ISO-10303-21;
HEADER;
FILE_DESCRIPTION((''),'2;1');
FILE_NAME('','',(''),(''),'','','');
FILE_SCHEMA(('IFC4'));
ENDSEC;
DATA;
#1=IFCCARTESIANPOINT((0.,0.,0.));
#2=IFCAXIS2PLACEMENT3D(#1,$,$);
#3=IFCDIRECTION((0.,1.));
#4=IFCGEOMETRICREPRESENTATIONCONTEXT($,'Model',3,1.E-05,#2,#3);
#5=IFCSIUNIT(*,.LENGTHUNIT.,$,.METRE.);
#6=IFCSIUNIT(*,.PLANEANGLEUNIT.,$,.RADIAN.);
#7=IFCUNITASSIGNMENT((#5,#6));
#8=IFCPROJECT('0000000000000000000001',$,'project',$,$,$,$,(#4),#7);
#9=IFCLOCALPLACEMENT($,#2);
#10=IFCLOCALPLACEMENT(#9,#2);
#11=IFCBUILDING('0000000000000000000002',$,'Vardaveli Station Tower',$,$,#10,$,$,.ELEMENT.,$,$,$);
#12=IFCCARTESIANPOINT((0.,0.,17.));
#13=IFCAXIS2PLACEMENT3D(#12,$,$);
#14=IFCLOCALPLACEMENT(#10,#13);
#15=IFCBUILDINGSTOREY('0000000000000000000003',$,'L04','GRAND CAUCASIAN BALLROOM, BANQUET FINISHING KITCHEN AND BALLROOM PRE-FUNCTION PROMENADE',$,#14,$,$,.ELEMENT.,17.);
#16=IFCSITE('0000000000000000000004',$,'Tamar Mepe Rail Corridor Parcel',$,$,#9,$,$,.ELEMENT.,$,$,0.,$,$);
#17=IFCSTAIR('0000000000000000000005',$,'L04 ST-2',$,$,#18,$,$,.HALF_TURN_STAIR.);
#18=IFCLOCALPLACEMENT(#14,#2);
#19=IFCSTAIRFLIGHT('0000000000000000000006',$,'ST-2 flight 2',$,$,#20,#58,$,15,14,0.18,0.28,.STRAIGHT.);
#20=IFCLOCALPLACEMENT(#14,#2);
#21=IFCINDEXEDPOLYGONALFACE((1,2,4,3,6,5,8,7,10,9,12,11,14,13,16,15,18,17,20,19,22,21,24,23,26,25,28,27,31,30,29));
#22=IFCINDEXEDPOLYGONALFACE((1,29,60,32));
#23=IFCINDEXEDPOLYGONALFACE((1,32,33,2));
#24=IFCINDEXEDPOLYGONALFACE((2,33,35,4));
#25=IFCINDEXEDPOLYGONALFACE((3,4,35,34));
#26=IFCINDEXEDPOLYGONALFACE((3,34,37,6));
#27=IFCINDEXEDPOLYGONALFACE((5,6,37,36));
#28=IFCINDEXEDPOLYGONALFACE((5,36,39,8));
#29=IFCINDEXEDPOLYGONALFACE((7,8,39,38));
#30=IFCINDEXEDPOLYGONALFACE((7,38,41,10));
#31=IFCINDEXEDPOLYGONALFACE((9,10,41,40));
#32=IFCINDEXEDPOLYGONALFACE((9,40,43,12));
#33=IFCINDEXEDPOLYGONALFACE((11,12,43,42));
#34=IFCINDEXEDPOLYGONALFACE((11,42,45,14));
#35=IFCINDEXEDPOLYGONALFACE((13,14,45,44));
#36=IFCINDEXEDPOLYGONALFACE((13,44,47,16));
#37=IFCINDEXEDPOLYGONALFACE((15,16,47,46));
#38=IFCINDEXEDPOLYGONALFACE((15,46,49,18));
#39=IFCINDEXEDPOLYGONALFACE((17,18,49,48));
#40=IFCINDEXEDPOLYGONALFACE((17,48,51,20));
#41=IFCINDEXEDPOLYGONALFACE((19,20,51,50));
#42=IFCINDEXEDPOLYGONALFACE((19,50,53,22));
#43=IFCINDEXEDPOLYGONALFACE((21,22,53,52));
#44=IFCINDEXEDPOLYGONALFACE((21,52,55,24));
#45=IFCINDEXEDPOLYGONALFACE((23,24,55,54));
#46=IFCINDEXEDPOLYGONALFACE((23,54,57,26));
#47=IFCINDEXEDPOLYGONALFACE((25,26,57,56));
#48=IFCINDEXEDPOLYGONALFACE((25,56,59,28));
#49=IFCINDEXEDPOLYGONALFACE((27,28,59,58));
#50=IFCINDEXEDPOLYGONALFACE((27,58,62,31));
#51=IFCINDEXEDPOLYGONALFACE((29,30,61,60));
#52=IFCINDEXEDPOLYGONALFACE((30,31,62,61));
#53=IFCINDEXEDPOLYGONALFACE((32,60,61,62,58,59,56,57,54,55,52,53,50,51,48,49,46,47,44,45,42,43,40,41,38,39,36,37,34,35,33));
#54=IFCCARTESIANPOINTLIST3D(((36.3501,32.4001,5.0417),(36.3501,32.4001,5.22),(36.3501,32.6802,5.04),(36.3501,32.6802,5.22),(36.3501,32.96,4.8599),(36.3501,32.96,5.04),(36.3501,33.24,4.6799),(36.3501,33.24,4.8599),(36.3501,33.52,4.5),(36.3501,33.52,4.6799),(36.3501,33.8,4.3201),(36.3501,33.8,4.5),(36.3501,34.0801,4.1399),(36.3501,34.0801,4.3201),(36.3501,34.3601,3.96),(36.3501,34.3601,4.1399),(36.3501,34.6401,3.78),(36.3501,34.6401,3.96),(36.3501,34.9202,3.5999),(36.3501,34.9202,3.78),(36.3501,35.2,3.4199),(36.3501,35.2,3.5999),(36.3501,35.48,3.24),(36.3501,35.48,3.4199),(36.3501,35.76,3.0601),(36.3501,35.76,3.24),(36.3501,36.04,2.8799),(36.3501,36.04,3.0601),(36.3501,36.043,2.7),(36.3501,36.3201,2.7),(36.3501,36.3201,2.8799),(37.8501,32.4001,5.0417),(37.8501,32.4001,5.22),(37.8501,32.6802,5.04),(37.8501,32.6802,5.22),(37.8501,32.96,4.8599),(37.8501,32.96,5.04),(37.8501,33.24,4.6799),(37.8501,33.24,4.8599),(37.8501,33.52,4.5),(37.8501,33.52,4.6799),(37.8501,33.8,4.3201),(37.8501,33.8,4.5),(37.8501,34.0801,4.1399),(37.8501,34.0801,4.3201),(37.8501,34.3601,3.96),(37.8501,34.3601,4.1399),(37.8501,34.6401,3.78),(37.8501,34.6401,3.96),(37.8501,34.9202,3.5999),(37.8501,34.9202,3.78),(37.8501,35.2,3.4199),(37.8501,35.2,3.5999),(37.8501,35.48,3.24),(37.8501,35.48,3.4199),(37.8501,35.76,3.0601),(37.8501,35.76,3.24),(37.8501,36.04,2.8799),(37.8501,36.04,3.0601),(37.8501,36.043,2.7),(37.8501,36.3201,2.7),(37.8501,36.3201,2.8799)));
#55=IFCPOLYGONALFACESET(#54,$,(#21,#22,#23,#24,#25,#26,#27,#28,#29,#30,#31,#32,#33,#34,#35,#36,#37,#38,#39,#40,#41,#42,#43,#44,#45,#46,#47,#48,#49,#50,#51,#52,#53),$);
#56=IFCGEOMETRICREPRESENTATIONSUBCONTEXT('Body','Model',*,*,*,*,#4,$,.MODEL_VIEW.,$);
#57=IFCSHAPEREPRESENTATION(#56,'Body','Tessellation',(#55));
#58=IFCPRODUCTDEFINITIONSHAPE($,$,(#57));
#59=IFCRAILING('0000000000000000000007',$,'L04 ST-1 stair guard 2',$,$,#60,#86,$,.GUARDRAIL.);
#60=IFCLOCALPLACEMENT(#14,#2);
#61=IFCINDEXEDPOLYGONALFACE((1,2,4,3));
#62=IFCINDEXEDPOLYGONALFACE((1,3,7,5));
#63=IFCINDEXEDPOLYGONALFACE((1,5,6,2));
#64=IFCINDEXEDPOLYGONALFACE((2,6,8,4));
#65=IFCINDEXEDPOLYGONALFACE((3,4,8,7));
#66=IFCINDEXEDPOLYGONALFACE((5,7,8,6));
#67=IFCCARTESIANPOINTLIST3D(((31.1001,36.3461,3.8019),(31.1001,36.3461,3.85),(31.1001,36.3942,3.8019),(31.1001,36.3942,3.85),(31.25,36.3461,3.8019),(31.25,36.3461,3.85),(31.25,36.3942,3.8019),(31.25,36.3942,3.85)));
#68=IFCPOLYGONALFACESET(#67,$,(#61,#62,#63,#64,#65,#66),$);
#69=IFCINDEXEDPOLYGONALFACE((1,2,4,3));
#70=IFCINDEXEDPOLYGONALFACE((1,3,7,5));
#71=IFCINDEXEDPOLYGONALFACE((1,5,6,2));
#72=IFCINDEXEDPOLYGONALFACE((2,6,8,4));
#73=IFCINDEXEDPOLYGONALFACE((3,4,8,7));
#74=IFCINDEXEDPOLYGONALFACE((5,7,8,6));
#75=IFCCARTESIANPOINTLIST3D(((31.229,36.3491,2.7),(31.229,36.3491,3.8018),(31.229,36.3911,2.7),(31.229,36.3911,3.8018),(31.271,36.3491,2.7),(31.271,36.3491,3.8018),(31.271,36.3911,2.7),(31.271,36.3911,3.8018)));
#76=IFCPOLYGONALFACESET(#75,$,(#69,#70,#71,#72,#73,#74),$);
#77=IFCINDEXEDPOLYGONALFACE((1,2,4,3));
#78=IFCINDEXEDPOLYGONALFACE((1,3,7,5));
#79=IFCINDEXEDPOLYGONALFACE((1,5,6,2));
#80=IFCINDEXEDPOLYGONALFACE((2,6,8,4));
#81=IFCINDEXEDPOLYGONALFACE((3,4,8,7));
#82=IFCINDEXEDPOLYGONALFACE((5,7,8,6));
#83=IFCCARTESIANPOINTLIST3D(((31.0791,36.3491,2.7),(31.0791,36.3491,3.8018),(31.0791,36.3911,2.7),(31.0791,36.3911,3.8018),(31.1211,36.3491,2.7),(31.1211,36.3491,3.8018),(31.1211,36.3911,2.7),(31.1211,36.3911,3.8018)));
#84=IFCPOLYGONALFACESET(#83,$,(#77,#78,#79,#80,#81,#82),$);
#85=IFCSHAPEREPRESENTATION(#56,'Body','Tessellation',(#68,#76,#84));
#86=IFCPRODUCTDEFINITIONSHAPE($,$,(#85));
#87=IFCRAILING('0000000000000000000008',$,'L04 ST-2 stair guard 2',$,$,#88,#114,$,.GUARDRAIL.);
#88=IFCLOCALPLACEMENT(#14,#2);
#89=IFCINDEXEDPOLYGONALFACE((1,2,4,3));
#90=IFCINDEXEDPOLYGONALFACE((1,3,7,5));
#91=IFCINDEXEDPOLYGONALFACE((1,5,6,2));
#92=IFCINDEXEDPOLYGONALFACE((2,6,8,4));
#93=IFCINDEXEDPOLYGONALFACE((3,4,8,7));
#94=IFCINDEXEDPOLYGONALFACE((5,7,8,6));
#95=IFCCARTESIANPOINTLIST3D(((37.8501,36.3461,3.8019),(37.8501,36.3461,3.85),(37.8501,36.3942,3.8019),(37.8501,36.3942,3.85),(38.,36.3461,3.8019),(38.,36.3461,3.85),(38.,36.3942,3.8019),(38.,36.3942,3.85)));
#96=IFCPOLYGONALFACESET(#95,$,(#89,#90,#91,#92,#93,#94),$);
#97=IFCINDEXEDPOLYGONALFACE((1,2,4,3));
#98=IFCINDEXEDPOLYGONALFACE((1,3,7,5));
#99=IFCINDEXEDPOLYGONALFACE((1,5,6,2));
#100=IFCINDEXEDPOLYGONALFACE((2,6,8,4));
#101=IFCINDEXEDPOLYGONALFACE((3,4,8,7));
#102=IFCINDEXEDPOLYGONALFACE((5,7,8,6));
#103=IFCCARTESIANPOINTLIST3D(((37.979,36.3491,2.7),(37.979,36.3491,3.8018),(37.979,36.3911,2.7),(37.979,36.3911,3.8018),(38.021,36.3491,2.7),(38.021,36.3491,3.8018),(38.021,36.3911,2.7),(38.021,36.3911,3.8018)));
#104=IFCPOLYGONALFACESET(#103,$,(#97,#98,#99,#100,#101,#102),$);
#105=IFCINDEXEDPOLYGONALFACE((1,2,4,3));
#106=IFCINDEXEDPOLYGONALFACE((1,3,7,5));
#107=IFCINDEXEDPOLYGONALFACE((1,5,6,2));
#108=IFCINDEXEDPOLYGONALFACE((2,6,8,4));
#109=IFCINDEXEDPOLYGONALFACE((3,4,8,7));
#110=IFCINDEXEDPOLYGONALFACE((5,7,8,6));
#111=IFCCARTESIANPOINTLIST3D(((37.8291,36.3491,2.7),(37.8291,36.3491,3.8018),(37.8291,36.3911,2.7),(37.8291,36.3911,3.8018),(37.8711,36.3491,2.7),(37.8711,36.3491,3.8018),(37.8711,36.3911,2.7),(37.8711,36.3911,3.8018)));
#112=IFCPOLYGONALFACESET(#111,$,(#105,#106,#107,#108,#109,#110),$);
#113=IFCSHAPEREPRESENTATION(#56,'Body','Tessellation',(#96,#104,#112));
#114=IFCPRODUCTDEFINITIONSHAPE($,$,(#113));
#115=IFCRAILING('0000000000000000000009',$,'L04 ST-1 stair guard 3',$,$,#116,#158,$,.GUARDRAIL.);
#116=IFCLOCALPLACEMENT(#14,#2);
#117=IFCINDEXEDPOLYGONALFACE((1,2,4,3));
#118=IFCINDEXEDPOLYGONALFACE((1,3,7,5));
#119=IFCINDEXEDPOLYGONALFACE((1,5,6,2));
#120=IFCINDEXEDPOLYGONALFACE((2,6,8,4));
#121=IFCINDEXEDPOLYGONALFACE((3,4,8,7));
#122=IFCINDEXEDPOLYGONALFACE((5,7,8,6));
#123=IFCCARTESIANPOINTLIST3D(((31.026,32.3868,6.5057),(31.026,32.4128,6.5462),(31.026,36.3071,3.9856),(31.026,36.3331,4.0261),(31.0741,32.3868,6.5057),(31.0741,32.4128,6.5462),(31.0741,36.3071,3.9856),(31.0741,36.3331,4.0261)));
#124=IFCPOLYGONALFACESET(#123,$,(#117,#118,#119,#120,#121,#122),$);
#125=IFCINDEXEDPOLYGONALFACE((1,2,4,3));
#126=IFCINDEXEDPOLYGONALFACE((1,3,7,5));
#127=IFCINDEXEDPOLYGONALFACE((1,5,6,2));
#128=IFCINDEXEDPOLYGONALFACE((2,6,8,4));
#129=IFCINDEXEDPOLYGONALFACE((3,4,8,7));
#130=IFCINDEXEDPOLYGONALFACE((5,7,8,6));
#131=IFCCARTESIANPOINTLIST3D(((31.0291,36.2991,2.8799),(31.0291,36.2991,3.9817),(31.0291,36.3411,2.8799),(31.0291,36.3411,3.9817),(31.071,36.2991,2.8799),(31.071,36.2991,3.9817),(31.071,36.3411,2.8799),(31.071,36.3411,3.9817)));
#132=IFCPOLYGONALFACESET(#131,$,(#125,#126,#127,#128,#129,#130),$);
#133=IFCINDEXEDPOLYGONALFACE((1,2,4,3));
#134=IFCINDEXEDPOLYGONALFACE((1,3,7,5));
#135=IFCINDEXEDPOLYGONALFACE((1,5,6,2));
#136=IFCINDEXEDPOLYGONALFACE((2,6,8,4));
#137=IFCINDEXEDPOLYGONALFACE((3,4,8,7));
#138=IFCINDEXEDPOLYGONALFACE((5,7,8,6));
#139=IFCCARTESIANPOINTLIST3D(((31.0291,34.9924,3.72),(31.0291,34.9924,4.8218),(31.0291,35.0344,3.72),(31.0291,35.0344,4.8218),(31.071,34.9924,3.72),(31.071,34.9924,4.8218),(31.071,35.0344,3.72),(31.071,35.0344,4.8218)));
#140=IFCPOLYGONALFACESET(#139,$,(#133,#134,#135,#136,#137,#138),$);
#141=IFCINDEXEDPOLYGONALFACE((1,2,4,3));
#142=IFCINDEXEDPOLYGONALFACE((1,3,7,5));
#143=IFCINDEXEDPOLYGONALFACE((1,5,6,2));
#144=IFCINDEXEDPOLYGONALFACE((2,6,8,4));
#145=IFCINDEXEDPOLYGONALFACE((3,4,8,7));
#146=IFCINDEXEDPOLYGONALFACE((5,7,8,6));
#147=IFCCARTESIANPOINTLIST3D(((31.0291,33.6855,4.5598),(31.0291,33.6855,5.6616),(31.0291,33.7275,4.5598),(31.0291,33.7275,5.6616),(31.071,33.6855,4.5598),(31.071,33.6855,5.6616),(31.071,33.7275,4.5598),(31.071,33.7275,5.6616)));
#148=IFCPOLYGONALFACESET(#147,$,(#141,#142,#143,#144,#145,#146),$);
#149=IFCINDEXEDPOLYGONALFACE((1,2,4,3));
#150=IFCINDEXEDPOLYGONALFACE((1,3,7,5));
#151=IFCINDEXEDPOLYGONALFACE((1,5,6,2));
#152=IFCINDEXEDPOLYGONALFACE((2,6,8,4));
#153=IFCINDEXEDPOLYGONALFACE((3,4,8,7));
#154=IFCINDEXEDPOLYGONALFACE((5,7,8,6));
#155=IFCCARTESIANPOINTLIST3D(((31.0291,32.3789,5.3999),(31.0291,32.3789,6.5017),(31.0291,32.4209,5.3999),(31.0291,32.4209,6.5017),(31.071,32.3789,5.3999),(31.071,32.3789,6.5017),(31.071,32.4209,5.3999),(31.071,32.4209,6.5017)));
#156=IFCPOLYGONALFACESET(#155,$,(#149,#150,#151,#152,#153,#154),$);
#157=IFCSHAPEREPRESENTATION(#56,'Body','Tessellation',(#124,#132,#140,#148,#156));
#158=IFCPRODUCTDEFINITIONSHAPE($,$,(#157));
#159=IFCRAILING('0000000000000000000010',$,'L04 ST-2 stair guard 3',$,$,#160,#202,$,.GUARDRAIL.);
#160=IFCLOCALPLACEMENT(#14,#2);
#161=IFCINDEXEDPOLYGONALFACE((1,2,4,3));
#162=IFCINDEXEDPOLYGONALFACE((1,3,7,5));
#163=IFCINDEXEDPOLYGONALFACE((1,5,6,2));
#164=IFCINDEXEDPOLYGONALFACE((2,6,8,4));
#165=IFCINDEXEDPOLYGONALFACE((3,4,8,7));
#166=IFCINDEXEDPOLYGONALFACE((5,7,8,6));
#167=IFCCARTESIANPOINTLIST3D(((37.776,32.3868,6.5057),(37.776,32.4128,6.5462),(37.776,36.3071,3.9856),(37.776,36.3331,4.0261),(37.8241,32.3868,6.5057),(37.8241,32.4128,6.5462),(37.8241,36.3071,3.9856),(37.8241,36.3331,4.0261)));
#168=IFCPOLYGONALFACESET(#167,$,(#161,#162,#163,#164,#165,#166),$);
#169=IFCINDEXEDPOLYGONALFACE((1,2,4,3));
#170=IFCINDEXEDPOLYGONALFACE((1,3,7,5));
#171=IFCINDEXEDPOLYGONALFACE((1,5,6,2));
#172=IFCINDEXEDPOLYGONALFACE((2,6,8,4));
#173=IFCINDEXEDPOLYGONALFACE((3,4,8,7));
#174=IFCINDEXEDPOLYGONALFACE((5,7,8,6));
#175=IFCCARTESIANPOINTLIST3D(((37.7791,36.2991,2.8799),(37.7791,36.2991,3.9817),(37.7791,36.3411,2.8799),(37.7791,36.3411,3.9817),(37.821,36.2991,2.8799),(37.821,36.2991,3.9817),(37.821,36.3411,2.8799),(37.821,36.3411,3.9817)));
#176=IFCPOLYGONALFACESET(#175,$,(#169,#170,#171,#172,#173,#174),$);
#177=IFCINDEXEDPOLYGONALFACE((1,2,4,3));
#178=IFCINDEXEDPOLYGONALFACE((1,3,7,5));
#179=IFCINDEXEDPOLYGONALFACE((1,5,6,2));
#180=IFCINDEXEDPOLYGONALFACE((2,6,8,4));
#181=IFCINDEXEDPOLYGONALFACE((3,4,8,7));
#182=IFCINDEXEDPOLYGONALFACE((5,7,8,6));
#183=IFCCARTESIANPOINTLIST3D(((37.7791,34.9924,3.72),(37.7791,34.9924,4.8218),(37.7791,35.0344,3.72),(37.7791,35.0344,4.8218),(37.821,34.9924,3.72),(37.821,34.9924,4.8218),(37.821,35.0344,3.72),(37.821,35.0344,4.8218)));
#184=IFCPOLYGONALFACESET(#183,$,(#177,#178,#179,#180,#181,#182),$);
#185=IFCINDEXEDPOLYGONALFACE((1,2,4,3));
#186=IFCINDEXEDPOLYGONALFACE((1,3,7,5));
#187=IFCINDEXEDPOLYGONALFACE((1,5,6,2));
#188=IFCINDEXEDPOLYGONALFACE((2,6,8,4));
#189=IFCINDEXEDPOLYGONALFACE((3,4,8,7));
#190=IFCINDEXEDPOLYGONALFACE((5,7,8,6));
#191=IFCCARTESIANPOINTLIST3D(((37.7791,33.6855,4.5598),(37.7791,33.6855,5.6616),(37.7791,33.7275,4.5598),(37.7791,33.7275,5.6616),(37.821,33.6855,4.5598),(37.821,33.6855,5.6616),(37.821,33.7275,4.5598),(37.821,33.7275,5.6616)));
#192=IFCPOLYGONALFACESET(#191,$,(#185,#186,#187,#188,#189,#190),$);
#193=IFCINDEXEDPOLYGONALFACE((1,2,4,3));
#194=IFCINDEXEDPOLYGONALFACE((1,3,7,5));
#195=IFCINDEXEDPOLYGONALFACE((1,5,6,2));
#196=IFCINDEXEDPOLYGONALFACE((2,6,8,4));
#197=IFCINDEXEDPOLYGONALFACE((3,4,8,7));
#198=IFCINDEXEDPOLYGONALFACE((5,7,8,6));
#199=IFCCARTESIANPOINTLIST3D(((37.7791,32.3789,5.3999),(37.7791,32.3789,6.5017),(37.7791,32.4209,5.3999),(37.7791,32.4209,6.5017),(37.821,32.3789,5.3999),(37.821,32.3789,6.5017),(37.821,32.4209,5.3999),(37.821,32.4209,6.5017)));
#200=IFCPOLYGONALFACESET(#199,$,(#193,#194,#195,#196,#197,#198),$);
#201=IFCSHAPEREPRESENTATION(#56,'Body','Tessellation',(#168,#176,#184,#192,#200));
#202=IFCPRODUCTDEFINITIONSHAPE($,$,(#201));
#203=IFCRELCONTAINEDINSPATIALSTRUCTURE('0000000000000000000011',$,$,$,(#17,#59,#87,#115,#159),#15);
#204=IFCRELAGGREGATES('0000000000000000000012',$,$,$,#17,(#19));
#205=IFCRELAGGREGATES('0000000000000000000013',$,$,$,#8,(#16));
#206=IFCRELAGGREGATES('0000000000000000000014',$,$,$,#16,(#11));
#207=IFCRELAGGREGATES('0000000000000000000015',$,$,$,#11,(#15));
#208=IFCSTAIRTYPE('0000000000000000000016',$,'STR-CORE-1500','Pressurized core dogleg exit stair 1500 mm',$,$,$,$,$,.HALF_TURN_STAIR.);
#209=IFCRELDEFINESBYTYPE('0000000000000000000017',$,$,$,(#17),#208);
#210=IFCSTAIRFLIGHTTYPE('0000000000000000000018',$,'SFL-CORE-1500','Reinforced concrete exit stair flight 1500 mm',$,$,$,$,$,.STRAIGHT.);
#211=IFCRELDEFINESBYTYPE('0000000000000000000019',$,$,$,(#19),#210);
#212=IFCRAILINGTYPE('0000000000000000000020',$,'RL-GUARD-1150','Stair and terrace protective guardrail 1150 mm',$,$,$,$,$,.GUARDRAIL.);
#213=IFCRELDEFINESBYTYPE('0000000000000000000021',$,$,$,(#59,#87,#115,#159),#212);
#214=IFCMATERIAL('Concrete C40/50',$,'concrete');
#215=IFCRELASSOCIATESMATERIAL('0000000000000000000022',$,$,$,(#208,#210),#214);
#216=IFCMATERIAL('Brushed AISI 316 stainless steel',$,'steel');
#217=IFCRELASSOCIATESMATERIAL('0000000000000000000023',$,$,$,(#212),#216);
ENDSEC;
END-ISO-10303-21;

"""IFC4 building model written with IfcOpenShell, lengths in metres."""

from ifc_helpers import new_model, si_unit, direction, frame, origin, origin_2d, place, context, subcontext, project, spatial, polyline, rectangle, outline, extrude, source, transform, mapped, material, type_object, element, aggregate, save


model = new_model("IFC4")

# Units and contexts
model_context = context("Model", 3, precision=1e-05, world=origin(), true_north=direction((0.0, 1.0)))
body_context = subcontext(model_context, "Body", "Model", "MODEL_VIEW")
ifc_project = project(units=[si_unit("LENGTHUNIT", "METRE"), si_unit("PLANEANGLEUNIT", "RADIAN")], contexts=[model_context])

# Site, building, storey
site_placement = place(None, origin())
site = spatial("IfcSite", under=ifc_project, at=site_placement, Name="Tamar Mepe Rail Corridor Parcel", CompositionType="ELEMENT", RefElevation=0.0)
building_placement = place(site_placement, origin())
building = spatial("IfcBuilding", under=site, at=building_placement, Name="Vardaveli Station Tower", CompositionType="ELEMENT")
storey_placement = place(building_placement, frame((0.0, 0.0, 17.0)))
storey = spatial("IfcBuildingStorey", under=building, at=storey_placement, Name="L04", Description="GRAND CAUCASIAN BALLROOM, BANQUET FINISHING KITCHEN AND BALLROOM PRE-FUNCTION PROMENADE", CompositionType="ELEMENT", Elevation=17.0)

# Shared definitions
ifc_material_1 = material(Name="Concrete C40/50", Category="concrete")

# Stair, stair flight
stair_type = type_object("IfcStairType", Name="STR-CORE-1500", Description="Pressurized core dogleg exit stair 1500 mm", PredefinedType="HALF_TURN_STAIR", material=ifc_material_1)
stair_flight_type = type_object("IfcStairFlightType", Name="SFL-CORE-1500", Description="Reinforced concrete exit stair flight 1500 mm", PredefinedType="STRAIGHT", material=ifc_material_1)
shared_shape_1 = source(origin(), body_context, "Body", "SweptSolid", [
    extrude(outline(polyline([(0.0, 0.0), (0.0, 0.1799), (0.28, 0.1799), (0.28, 0.3601), (0.5601, 0.3601), (0.5601, 0.54), (0.8401, 0.54), (0.8401, 0.72), (1.1201, 0.72), (1.1201, 0.8999), (1.3999, 0.8999), (1.3999, 1.0801), (1.6799, 1.0801), (1.6799, 1.26), (1.96, 1.26), (1.96, 1.4399), (2.24, 1.4399), (2.24, 1.6201), (2.52, 1.6201), (2.52, 1.8), (2.8, 1.8), (2.8, 1.98), (3.0801, 1.98), (3.0801, 2.1599), (3.3601, 2.1599), (3.3601, 2.3401), (3.6399, 2.3401), (3.6399, 2.52), (3.9199, 2.52), (3.9199, 2.7), (3.9199, 2.3418), (0.2771, 0.0), (0.0, 0.0)])), frame((0.0, 0.75, 0.0), z_axis=(0.0, -1.0, 0.0), x_axis=(1.0, 0.0, 0.0)), (0.0, 0.0, 1.0), 1.5),
])
stair_1_placement = place(storey_placement, origin())
stair_1 = element("IfcStair", 1, at=stair_1_placement, inside=storey, type_object=stair_type, Name="L04 ST-2", PredefinedType="HALF_TURN_STAIR")
stair_flight_1_placement = place(storey_placement, frame((37.1001, 36.3201, 2.7), z_axis=(0.0, 0.0, 1.0), x_axis=(0.0, -1.0, 0.0)))
stair_flight_1 = element("IfcStairFlight", 2, at=stair_flight_1_placement, type_object=stair_flight_type, Name="ST-2 flight 2", NumberOfRisers=15, NumberOfTreads=14, PredefinedType="STRAIGHT", RiserHeight=0.18, TreadLength=0.28, context=body_context, shape_type="MappedRepresentation", body=[
    mapped(shared_shape_1, transform((0.0, 0.0, 0.0), scale=1.0)),
])
aggregate(stair_1, [stair_flight_1])

# Railings
ifc_material_2 = material(Name="Brushed AISI 316 stainless steel", Category="steel")
railing_type_1 = type_object("IfcRailingType", Name="RL-GUARD-1150", Description="Stair and terrace protective guardrail 1150 mm", PredefinedType="GUARDRAIL", material=ifc_material_2)
shared_shape_2 = source(origin(), body_context, "Body", "SweptSolid", [
    extrude(rectangle(XDim=0.0481, YDim=0.0481, at=origin_2d()), frame((0.0, 0.0, 1.126), z_axis=(-1.0, 0.0, 0.0), x_axis=(0.0, -1.0, 0.0)), (0.0, 0.0, 1.0), 0.1499),
    extrude(rectangle(XDim=0.042, YDim=0.042, at=origin_2d()), origin(), (0.0, 0.0, 1.0), 1.1018),
    extrude(rectangle(XDim=0.042, YDim=0.042, at=origin_2d()), frame((-0.1499, 0.0, 0.0)), (0.0, 0.0, 1.0), 1.1018),
])
for number, where, name in (
    (3, (31.25, 36.3701, 2.7), "L04 ST-1 stair guard 2"),
    (4, (38.0, 36.3701, 2.7), "L04 ST-2 stair guard 2"),
):
    element("IfcRailing", number, at=place(storey_placement, frame(where)), inside=storey, type_object=railing_type_1, Name=name, PredefinedType="GUARDRAIL", context=body_context, shape_type="MappedRepresentation", body=[
        mapped(shared_shape_2, transform((0.0, 0.0, 0.0), scale=1.0)),
    ])
shared_shape_3 = source(origin(), body_context, "Body", "SweptSolid", [
    extrude(rectangle(XDim=0.0481, YDim=0.0481, at=origin_2d()), frame((0.0, 0.0, 1.126), z_axis=(0.0, -0.841187, 0.540744), x_axis=(1.0, 0.0, 0.0)), (0.0, 0.0, 1.0), 4.6604),
    extrude(rectangle(XDim=0.042, YDim=0.042, at=origin_2d()), origin(), (0.0, 0.0, 1.0), 1.1018),
    extrude(rectangle(XDim=0.042, YDim=0.042, at=origin_2d()), frame((0.0, -1.3066, 0.8401)), (0.0, 0.0, 1.0), 1.1018),
    extrude(rectangle(XDim=0.042, YDim=0.042, at=origin_2d()), frame((0.0, -2.6135, 1.6799)), (0.0, 0.0, 1.0), 1.1018),
    extrude(rectangle(XDim=0.042, YDim=0.042, at=origin_2d()), frame((0.0, -3.9202, 2.52)), (0.0, 0.0, 1.0), 1.1018),
])
for number, where, name in (
    (5, (31.05, 36.3201, 2.8799), "L04 ST-1 stair guard 3"),
    (6, (37.8, 36.3201, 2.8799), "L04 ST-2 stair guard 3"),
):
    element("IfcRailing", number, at=place(storey_placement, frame(where)), inside=storey, type_object=railing_type_1, Name=name, PredefinedType="GUARDRAIL", context=body_context, shape_type="MappedRepresentation", body=[
        mapped(shared_shape_3, transform((0.0, 0.0, 0.0), scale=1.0)),
    ])

save(model, "model.ifc")
